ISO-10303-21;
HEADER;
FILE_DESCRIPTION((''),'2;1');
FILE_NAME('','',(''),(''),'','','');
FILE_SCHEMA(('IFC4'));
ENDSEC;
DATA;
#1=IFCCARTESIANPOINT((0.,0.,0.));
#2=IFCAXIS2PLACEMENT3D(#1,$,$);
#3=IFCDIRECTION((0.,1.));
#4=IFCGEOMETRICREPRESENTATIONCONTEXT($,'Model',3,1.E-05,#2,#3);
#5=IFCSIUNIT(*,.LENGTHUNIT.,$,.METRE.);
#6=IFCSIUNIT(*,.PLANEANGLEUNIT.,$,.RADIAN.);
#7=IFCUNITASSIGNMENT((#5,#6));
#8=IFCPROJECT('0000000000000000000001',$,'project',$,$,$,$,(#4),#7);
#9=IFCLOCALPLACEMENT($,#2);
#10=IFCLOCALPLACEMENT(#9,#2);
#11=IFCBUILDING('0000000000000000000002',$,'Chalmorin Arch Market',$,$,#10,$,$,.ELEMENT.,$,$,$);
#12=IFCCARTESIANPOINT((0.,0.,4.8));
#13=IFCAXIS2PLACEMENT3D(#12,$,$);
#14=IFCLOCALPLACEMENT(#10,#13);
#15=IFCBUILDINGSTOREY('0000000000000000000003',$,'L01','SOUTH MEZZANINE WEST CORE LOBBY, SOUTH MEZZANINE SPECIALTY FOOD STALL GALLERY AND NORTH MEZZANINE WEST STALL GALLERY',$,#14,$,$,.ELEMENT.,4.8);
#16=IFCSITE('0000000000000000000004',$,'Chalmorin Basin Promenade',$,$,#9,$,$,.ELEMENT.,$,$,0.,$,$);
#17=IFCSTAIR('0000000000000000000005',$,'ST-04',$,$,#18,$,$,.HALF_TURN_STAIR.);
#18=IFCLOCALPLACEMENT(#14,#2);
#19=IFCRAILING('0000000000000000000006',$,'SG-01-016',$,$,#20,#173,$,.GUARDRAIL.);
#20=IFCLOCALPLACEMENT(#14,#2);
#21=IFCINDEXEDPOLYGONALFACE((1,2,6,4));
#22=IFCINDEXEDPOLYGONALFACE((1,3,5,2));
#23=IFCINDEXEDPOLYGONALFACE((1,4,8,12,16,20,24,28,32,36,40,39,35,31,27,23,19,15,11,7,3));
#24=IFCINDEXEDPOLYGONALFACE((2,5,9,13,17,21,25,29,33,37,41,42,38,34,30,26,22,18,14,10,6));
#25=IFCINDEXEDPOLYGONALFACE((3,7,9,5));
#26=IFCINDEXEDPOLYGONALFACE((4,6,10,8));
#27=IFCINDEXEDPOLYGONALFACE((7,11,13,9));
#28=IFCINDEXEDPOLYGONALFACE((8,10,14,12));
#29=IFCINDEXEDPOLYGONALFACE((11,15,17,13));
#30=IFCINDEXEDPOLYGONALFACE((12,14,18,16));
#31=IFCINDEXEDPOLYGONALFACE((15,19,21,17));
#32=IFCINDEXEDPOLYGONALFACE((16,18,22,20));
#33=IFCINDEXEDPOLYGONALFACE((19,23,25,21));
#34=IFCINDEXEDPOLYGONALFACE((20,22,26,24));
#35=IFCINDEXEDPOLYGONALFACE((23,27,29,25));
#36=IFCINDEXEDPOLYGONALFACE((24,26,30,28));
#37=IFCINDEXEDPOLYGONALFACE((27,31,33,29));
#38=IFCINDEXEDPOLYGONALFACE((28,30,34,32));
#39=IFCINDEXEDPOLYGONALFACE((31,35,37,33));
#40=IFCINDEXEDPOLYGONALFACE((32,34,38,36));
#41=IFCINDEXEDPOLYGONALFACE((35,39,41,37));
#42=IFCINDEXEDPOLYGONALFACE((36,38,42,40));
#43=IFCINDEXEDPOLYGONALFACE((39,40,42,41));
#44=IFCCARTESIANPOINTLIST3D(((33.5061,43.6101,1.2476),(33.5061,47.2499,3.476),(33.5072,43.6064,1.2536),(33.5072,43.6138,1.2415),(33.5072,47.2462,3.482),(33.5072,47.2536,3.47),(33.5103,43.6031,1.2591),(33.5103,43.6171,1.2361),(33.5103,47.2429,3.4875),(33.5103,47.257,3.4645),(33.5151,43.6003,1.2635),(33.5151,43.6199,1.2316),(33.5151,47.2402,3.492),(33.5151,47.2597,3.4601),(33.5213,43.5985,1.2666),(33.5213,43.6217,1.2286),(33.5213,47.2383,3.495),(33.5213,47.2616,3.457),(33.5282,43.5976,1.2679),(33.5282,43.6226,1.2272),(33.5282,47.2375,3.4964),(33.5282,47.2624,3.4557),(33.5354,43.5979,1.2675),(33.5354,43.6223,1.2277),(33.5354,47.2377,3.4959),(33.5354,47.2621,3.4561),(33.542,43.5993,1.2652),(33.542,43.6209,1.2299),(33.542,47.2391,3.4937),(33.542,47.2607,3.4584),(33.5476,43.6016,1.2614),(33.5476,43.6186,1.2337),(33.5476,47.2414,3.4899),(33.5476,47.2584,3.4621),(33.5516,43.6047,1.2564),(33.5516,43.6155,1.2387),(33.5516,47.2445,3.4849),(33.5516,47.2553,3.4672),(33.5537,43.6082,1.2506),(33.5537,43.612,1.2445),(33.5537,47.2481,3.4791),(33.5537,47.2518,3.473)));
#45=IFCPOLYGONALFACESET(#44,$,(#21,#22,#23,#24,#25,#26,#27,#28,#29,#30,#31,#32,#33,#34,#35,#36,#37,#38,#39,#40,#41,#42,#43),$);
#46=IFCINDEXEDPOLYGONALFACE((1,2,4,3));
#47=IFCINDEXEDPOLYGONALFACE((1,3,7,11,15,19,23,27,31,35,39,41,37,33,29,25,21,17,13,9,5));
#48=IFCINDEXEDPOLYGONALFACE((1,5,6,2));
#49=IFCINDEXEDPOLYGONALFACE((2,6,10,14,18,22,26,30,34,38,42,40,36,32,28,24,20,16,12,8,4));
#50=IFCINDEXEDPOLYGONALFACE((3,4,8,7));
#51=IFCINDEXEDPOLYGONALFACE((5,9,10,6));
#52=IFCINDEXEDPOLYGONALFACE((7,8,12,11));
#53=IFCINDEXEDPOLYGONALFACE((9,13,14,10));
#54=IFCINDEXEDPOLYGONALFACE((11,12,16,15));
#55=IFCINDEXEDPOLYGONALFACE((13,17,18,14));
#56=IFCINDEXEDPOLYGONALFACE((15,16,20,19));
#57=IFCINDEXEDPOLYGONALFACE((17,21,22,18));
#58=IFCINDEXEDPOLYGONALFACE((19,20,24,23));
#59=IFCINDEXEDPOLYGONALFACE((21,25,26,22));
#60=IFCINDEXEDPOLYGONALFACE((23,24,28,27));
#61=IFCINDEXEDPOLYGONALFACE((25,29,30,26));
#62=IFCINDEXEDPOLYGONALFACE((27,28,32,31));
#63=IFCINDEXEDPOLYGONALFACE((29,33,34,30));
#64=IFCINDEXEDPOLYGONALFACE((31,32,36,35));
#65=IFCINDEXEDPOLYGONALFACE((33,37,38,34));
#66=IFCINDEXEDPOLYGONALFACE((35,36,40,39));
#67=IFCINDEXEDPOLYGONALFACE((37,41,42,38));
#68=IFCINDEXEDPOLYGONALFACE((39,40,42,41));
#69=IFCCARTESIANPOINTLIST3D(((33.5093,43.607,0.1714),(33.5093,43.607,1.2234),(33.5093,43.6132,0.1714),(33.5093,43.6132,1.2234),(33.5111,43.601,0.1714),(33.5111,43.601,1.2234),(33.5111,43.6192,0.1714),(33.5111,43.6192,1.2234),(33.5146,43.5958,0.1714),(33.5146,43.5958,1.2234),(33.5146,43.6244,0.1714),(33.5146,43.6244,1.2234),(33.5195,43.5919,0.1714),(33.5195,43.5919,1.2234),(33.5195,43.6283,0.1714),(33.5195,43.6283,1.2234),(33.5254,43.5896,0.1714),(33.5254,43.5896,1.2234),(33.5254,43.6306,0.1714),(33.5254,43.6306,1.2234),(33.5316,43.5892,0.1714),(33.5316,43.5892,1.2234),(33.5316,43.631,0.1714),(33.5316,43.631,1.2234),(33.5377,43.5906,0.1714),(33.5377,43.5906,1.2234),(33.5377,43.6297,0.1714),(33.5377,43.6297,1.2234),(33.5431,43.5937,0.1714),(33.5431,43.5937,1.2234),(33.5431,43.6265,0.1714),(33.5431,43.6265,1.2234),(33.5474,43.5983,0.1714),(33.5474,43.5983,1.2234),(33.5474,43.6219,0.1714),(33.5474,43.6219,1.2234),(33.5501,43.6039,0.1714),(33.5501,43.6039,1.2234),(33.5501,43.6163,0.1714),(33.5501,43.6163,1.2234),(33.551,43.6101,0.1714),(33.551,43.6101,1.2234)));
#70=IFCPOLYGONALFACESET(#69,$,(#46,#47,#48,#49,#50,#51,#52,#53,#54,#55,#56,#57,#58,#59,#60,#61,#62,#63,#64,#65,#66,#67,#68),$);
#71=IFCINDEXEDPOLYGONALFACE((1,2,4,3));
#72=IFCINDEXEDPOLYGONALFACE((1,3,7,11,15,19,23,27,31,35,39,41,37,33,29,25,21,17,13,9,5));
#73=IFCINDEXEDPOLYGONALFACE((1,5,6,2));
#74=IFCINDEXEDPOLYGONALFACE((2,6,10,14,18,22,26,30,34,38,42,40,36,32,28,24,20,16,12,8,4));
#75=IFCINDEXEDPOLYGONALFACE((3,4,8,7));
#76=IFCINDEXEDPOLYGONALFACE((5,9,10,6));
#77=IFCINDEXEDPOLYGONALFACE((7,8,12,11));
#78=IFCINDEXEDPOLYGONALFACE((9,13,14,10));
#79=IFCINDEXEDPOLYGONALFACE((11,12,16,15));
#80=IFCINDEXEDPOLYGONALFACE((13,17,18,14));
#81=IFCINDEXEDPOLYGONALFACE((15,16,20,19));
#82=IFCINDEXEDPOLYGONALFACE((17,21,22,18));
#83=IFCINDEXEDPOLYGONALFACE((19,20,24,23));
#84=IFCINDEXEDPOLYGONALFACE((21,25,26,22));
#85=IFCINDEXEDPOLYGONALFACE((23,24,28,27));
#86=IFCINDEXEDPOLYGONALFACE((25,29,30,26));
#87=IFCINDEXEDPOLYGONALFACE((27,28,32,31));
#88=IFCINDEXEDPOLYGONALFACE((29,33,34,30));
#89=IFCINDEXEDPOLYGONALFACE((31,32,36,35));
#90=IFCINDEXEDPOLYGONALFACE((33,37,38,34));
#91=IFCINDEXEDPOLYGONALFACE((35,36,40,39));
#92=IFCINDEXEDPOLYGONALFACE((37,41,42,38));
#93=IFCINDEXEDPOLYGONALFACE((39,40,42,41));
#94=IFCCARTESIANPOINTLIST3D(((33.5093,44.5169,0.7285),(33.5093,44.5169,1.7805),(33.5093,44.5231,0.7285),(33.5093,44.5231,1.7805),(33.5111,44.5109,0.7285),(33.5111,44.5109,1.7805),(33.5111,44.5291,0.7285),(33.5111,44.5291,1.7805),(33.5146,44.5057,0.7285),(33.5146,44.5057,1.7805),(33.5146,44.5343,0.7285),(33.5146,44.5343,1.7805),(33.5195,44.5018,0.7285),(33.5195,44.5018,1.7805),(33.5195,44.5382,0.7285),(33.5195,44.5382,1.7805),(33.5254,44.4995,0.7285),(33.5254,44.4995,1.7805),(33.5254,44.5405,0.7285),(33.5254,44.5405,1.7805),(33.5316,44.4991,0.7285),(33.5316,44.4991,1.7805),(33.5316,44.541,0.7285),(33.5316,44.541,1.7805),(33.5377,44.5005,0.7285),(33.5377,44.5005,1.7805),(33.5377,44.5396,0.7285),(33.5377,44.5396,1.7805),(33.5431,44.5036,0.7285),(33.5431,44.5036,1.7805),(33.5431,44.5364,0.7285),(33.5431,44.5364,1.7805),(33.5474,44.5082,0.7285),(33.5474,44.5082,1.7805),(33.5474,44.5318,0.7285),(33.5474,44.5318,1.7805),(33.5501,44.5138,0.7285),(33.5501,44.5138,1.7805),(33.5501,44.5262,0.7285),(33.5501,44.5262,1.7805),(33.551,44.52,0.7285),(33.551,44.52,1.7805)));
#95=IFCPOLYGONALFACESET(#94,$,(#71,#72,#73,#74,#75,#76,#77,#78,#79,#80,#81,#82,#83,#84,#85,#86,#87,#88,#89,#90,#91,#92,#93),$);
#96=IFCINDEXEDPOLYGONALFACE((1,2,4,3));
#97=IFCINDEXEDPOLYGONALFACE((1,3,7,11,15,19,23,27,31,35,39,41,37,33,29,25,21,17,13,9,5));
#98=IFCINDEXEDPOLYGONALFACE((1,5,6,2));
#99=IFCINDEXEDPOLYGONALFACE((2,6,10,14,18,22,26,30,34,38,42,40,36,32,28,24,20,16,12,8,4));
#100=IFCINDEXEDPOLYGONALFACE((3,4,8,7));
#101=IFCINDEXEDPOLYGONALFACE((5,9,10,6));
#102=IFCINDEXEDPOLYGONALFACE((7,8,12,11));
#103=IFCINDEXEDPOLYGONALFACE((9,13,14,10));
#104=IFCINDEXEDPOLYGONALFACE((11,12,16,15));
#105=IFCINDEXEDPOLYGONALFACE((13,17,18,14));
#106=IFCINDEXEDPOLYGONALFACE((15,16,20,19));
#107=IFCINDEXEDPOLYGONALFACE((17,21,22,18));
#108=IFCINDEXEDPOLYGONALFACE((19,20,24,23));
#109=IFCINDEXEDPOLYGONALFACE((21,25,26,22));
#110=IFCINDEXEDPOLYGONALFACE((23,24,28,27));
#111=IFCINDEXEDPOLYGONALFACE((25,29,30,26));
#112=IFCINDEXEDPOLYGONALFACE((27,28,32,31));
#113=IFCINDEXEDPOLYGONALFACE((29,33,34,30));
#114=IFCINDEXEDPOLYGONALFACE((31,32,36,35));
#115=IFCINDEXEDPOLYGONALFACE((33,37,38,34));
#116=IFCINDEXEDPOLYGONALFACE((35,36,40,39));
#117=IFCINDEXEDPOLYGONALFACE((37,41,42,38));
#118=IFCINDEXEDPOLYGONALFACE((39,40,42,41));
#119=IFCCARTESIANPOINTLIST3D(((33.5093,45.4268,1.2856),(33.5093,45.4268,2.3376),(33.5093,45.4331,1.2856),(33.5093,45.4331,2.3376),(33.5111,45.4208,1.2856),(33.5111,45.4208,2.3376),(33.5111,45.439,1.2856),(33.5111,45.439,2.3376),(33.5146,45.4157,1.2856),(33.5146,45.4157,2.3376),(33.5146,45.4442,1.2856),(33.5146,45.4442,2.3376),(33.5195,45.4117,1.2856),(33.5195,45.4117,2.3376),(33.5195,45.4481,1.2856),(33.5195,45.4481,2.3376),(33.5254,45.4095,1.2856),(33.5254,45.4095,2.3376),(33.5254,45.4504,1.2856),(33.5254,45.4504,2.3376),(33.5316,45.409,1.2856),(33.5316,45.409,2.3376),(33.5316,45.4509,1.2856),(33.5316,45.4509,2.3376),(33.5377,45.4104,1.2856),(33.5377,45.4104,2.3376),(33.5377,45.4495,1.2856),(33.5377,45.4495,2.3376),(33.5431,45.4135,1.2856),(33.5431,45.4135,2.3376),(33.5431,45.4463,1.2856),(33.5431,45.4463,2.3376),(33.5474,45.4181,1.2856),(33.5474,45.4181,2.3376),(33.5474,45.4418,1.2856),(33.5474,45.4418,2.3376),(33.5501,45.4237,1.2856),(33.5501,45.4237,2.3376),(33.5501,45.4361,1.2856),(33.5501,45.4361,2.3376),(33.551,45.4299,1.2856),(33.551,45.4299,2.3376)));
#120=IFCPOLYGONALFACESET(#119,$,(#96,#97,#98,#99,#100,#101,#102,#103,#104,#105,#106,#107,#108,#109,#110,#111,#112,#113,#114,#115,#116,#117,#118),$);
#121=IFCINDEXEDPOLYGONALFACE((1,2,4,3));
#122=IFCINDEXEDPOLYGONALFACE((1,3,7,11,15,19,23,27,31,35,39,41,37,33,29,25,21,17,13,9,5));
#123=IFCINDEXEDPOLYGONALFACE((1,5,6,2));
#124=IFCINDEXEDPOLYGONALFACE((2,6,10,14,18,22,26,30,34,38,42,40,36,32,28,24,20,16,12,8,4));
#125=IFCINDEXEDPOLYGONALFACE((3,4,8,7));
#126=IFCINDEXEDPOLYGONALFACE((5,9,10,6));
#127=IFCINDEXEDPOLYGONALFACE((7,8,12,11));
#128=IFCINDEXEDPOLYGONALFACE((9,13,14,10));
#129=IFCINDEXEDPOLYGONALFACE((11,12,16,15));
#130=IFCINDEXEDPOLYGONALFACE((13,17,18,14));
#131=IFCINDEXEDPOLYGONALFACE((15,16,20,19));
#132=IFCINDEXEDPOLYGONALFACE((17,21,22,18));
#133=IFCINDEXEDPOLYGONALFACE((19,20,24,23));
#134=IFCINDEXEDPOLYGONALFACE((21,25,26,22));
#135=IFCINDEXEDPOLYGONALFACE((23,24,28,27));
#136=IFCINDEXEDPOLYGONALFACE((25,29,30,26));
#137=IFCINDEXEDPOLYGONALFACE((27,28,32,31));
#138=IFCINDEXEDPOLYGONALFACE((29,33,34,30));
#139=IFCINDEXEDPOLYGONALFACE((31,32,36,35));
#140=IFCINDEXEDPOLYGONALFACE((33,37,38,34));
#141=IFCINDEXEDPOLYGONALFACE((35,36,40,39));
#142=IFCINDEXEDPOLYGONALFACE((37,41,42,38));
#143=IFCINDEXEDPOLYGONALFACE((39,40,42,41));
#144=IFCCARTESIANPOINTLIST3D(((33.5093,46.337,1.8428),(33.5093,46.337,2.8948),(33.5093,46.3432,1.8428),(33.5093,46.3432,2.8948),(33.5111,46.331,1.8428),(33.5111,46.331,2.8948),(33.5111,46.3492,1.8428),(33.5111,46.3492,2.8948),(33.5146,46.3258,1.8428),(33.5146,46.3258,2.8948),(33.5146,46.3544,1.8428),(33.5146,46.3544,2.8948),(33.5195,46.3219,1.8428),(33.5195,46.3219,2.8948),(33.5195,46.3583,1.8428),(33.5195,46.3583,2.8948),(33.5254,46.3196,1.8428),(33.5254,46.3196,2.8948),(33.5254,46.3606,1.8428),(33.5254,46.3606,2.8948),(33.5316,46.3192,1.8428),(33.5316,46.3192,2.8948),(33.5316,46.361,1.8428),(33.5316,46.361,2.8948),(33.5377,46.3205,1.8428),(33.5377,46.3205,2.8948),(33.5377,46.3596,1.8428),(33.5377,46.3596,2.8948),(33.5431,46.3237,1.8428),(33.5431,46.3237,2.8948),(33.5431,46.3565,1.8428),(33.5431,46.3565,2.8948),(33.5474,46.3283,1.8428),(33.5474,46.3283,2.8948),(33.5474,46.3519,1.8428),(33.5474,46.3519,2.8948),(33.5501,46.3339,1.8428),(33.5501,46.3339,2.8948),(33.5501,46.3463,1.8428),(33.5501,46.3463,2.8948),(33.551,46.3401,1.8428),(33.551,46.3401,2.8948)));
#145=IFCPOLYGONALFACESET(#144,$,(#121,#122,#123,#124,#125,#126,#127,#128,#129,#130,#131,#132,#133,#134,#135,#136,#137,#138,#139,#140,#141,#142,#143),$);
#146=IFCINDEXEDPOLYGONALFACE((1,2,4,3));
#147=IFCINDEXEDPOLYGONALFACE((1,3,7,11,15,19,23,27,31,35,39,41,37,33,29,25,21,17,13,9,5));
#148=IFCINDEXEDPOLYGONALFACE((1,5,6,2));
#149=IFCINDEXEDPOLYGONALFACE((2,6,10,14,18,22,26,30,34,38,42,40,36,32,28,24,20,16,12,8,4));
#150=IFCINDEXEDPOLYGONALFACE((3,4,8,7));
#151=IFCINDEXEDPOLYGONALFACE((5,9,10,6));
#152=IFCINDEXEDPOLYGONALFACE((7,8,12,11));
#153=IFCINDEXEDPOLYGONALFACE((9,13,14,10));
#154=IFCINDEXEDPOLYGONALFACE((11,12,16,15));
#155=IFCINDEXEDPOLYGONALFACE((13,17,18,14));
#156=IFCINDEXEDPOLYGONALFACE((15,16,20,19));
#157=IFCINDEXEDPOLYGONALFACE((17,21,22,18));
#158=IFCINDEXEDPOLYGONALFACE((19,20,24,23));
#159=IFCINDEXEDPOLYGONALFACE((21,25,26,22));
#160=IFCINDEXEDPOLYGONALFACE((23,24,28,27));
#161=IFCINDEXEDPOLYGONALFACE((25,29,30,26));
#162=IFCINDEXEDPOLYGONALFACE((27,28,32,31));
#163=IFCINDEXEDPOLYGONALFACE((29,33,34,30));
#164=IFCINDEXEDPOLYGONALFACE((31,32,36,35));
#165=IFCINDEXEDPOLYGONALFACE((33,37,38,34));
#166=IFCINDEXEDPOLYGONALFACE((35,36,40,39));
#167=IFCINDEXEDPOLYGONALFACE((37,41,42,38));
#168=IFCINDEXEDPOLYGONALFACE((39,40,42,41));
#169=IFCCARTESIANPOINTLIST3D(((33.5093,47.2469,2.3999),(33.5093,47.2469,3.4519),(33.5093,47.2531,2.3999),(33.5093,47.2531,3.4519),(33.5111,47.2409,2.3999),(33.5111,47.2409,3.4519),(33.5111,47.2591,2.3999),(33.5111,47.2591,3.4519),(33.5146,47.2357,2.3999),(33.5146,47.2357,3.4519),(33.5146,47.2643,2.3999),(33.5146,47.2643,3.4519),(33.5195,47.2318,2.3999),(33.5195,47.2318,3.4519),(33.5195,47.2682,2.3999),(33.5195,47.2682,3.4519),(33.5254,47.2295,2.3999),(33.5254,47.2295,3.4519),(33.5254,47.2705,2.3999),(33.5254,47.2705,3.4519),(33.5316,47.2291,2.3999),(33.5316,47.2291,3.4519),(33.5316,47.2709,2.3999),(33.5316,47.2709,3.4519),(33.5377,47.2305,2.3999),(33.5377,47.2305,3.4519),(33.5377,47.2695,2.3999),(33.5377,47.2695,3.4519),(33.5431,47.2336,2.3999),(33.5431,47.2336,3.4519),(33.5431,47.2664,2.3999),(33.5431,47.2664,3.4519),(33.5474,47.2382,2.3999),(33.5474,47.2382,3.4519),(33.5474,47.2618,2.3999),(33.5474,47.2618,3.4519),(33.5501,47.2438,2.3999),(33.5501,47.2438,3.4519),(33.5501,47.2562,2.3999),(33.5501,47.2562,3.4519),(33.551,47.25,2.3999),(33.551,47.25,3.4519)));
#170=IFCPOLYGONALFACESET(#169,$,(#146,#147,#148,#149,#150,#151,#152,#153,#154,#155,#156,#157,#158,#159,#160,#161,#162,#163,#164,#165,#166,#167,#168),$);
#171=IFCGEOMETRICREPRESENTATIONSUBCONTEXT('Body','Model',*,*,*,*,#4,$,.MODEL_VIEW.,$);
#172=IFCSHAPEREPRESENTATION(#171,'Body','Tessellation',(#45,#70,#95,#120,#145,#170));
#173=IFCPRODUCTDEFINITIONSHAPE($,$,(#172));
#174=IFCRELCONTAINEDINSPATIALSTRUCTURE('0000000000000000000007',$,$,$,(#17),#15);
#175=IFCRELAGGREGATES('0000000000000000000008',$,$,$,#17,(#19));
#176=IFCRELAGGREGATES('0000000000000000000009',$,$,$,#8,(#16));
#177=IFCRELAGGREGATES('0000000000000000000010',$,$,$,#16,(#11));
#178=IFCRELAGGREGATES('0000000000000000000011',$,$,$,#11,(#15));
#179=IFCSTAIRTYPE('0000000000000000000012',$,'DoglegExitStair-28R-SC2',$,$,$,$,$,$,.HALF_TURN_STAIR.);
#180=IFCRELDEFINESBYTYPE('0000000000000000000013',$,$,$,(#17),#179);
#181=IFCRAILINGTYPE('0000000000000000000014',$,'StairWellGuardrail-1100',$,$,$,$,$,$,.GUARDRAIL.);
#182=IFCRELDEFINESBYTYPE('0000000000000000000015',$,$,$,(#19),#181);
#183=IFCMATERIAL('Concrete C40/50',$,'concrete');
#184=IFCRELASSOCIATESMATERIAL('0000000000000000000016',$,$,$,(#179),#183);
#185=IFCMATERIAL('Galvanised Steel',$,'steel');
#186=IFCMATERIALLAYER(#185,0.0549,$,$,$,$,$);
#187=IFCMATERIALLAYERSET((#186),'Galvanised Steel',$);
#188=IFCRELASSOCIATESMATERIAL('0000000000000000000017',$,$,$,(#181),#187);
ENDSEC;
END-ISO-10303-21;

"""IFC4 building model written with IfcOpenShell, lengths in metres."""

from ifc_helpers import new_model, si_unit, direction, frame, origin, origin_2d, place, context, subcontext, project, spatial, circle, extrude, material, layer, layer_set, type_object, element, aggregate, save


model = new_model("IFC4")

# Units and contexts
model_context = context("Model", 3, precision=1e-05, world=origin(), true_north=direction((0.0, 1.0)))
body_context = subcontext(model_context, "Body", "Model", "MODEL_VIEW")
ifc_project = project(units=[si_unit("LENGTHUNIT", "METRE"), si_unit("PLANEANGLEUNIT", "RADIAN")], contexts=[model_context])

# Site, building, storey
site_placement = place(None, origin())
site = spatial("IfcSite", under=ifc_project, at=site_placement, Name="Chalmorin Basin Promenade", CompositionType="ELEMENT", RefElevation=0.0)
building_placement = place(site_placement, origin())
building = spatial("IfcBuilding", under=site, at=building_placement, Name="Chalmorin Arch Market", CompositionType="ELEMENT")
storey_placement = place(building_placement, frame((0.0, 0.0, 4.8)))
storey = spatial("IfcBuildingStorey", under=building, at=storey_placement, Name="L01", Description="SOUTH MEZZANINE WEST CORE LOBBY, SOUTH MEZZANINE SPECIALTY FOOD STALL GALLERY AND NORTH MEZZANINE WEST STALL GALLERY", CompositionType="ELEMENT", Elevation=4.8)

# Shared definitions
ifc_material_1 = material(Name="Concrete C40/50", Category="concrete")

# Stair, railing
stair_type = type_object("IfcStairType", Name="DoglegExitStair-28R-SC2", PredefinedType="HALF_TURN_STAIR", material=ifc_material_1)
stair_placement = place(storey_placement, origin())
stair = element("IfcStair", 1, at=stair_placement, inside=storey, type_object=stair_type, Name="ST-04", PredefinedType="HALF_TURN_STAIR")
ifc_material_2 = material(Name="Galvanised Steel", Category="steel")
ifc_layer_1 = layer(ifc_material_2, 0.0549)
ifc_layer_set_1 = layer_set([ifc_layer_1], Name="Galvanised Steel")
railing_type_1 = type_object("IfcRailingType", Name="StairWellGuardrail-1100", PredefinedType="GUARDRAIL", material=ifc_layer_set_1)
railing_1_placement = place(storey_placement, frame((33.53, 43.6101, 0.1714)))
railing_1 = element("IfcRailing", 2, at=railing_1_placement, type_object=railing_type_1, Name="SG-01-016", PredefinedType="GUARDRAIL", context=body_context, shape_type="SweptSolid", body=[
    extrude(circle(Radius=0.0239, at=origin_2d()), frame((0.0, 0.0, 1.0762), z_axis=(0.0, 0.85285, 0.522156), x_axis=(-1.0, 0.0, 0.0)), (0.0, 0.0, 1.0), 4.2678),
    extrude(circle(Radius=0.021, at=origin_2d()), origin(), (0.0, 0.0, 1.0), 1.052),
    extrude(circle(Radius=0.021, at=origin_2d()), frame((0.0, 0.9099, 0.5571)), (0.0, 0.0, 1.0), 1.052),
    extrude(circle(Radius=0.021, at=origin_2d()), frame((0.0, 1.8198, 1.1143)), (0.0, 0.0, 1.0), 1.052),
    extrude(circle(Radius=0.021, at=origin_2d()), frame((0.0, 2.73, 1.6714)), (0.0, 0.0, 1.0), 1.052),
    extrude(circle(Radius=0.021, at=origin_2d()), frame((0.0, 3.6399, 2.2285)), (0.0, 0.0, 1.0), 1.052),
])
aggregate(stair, [railing_1])

save(model, "model.ifc")
